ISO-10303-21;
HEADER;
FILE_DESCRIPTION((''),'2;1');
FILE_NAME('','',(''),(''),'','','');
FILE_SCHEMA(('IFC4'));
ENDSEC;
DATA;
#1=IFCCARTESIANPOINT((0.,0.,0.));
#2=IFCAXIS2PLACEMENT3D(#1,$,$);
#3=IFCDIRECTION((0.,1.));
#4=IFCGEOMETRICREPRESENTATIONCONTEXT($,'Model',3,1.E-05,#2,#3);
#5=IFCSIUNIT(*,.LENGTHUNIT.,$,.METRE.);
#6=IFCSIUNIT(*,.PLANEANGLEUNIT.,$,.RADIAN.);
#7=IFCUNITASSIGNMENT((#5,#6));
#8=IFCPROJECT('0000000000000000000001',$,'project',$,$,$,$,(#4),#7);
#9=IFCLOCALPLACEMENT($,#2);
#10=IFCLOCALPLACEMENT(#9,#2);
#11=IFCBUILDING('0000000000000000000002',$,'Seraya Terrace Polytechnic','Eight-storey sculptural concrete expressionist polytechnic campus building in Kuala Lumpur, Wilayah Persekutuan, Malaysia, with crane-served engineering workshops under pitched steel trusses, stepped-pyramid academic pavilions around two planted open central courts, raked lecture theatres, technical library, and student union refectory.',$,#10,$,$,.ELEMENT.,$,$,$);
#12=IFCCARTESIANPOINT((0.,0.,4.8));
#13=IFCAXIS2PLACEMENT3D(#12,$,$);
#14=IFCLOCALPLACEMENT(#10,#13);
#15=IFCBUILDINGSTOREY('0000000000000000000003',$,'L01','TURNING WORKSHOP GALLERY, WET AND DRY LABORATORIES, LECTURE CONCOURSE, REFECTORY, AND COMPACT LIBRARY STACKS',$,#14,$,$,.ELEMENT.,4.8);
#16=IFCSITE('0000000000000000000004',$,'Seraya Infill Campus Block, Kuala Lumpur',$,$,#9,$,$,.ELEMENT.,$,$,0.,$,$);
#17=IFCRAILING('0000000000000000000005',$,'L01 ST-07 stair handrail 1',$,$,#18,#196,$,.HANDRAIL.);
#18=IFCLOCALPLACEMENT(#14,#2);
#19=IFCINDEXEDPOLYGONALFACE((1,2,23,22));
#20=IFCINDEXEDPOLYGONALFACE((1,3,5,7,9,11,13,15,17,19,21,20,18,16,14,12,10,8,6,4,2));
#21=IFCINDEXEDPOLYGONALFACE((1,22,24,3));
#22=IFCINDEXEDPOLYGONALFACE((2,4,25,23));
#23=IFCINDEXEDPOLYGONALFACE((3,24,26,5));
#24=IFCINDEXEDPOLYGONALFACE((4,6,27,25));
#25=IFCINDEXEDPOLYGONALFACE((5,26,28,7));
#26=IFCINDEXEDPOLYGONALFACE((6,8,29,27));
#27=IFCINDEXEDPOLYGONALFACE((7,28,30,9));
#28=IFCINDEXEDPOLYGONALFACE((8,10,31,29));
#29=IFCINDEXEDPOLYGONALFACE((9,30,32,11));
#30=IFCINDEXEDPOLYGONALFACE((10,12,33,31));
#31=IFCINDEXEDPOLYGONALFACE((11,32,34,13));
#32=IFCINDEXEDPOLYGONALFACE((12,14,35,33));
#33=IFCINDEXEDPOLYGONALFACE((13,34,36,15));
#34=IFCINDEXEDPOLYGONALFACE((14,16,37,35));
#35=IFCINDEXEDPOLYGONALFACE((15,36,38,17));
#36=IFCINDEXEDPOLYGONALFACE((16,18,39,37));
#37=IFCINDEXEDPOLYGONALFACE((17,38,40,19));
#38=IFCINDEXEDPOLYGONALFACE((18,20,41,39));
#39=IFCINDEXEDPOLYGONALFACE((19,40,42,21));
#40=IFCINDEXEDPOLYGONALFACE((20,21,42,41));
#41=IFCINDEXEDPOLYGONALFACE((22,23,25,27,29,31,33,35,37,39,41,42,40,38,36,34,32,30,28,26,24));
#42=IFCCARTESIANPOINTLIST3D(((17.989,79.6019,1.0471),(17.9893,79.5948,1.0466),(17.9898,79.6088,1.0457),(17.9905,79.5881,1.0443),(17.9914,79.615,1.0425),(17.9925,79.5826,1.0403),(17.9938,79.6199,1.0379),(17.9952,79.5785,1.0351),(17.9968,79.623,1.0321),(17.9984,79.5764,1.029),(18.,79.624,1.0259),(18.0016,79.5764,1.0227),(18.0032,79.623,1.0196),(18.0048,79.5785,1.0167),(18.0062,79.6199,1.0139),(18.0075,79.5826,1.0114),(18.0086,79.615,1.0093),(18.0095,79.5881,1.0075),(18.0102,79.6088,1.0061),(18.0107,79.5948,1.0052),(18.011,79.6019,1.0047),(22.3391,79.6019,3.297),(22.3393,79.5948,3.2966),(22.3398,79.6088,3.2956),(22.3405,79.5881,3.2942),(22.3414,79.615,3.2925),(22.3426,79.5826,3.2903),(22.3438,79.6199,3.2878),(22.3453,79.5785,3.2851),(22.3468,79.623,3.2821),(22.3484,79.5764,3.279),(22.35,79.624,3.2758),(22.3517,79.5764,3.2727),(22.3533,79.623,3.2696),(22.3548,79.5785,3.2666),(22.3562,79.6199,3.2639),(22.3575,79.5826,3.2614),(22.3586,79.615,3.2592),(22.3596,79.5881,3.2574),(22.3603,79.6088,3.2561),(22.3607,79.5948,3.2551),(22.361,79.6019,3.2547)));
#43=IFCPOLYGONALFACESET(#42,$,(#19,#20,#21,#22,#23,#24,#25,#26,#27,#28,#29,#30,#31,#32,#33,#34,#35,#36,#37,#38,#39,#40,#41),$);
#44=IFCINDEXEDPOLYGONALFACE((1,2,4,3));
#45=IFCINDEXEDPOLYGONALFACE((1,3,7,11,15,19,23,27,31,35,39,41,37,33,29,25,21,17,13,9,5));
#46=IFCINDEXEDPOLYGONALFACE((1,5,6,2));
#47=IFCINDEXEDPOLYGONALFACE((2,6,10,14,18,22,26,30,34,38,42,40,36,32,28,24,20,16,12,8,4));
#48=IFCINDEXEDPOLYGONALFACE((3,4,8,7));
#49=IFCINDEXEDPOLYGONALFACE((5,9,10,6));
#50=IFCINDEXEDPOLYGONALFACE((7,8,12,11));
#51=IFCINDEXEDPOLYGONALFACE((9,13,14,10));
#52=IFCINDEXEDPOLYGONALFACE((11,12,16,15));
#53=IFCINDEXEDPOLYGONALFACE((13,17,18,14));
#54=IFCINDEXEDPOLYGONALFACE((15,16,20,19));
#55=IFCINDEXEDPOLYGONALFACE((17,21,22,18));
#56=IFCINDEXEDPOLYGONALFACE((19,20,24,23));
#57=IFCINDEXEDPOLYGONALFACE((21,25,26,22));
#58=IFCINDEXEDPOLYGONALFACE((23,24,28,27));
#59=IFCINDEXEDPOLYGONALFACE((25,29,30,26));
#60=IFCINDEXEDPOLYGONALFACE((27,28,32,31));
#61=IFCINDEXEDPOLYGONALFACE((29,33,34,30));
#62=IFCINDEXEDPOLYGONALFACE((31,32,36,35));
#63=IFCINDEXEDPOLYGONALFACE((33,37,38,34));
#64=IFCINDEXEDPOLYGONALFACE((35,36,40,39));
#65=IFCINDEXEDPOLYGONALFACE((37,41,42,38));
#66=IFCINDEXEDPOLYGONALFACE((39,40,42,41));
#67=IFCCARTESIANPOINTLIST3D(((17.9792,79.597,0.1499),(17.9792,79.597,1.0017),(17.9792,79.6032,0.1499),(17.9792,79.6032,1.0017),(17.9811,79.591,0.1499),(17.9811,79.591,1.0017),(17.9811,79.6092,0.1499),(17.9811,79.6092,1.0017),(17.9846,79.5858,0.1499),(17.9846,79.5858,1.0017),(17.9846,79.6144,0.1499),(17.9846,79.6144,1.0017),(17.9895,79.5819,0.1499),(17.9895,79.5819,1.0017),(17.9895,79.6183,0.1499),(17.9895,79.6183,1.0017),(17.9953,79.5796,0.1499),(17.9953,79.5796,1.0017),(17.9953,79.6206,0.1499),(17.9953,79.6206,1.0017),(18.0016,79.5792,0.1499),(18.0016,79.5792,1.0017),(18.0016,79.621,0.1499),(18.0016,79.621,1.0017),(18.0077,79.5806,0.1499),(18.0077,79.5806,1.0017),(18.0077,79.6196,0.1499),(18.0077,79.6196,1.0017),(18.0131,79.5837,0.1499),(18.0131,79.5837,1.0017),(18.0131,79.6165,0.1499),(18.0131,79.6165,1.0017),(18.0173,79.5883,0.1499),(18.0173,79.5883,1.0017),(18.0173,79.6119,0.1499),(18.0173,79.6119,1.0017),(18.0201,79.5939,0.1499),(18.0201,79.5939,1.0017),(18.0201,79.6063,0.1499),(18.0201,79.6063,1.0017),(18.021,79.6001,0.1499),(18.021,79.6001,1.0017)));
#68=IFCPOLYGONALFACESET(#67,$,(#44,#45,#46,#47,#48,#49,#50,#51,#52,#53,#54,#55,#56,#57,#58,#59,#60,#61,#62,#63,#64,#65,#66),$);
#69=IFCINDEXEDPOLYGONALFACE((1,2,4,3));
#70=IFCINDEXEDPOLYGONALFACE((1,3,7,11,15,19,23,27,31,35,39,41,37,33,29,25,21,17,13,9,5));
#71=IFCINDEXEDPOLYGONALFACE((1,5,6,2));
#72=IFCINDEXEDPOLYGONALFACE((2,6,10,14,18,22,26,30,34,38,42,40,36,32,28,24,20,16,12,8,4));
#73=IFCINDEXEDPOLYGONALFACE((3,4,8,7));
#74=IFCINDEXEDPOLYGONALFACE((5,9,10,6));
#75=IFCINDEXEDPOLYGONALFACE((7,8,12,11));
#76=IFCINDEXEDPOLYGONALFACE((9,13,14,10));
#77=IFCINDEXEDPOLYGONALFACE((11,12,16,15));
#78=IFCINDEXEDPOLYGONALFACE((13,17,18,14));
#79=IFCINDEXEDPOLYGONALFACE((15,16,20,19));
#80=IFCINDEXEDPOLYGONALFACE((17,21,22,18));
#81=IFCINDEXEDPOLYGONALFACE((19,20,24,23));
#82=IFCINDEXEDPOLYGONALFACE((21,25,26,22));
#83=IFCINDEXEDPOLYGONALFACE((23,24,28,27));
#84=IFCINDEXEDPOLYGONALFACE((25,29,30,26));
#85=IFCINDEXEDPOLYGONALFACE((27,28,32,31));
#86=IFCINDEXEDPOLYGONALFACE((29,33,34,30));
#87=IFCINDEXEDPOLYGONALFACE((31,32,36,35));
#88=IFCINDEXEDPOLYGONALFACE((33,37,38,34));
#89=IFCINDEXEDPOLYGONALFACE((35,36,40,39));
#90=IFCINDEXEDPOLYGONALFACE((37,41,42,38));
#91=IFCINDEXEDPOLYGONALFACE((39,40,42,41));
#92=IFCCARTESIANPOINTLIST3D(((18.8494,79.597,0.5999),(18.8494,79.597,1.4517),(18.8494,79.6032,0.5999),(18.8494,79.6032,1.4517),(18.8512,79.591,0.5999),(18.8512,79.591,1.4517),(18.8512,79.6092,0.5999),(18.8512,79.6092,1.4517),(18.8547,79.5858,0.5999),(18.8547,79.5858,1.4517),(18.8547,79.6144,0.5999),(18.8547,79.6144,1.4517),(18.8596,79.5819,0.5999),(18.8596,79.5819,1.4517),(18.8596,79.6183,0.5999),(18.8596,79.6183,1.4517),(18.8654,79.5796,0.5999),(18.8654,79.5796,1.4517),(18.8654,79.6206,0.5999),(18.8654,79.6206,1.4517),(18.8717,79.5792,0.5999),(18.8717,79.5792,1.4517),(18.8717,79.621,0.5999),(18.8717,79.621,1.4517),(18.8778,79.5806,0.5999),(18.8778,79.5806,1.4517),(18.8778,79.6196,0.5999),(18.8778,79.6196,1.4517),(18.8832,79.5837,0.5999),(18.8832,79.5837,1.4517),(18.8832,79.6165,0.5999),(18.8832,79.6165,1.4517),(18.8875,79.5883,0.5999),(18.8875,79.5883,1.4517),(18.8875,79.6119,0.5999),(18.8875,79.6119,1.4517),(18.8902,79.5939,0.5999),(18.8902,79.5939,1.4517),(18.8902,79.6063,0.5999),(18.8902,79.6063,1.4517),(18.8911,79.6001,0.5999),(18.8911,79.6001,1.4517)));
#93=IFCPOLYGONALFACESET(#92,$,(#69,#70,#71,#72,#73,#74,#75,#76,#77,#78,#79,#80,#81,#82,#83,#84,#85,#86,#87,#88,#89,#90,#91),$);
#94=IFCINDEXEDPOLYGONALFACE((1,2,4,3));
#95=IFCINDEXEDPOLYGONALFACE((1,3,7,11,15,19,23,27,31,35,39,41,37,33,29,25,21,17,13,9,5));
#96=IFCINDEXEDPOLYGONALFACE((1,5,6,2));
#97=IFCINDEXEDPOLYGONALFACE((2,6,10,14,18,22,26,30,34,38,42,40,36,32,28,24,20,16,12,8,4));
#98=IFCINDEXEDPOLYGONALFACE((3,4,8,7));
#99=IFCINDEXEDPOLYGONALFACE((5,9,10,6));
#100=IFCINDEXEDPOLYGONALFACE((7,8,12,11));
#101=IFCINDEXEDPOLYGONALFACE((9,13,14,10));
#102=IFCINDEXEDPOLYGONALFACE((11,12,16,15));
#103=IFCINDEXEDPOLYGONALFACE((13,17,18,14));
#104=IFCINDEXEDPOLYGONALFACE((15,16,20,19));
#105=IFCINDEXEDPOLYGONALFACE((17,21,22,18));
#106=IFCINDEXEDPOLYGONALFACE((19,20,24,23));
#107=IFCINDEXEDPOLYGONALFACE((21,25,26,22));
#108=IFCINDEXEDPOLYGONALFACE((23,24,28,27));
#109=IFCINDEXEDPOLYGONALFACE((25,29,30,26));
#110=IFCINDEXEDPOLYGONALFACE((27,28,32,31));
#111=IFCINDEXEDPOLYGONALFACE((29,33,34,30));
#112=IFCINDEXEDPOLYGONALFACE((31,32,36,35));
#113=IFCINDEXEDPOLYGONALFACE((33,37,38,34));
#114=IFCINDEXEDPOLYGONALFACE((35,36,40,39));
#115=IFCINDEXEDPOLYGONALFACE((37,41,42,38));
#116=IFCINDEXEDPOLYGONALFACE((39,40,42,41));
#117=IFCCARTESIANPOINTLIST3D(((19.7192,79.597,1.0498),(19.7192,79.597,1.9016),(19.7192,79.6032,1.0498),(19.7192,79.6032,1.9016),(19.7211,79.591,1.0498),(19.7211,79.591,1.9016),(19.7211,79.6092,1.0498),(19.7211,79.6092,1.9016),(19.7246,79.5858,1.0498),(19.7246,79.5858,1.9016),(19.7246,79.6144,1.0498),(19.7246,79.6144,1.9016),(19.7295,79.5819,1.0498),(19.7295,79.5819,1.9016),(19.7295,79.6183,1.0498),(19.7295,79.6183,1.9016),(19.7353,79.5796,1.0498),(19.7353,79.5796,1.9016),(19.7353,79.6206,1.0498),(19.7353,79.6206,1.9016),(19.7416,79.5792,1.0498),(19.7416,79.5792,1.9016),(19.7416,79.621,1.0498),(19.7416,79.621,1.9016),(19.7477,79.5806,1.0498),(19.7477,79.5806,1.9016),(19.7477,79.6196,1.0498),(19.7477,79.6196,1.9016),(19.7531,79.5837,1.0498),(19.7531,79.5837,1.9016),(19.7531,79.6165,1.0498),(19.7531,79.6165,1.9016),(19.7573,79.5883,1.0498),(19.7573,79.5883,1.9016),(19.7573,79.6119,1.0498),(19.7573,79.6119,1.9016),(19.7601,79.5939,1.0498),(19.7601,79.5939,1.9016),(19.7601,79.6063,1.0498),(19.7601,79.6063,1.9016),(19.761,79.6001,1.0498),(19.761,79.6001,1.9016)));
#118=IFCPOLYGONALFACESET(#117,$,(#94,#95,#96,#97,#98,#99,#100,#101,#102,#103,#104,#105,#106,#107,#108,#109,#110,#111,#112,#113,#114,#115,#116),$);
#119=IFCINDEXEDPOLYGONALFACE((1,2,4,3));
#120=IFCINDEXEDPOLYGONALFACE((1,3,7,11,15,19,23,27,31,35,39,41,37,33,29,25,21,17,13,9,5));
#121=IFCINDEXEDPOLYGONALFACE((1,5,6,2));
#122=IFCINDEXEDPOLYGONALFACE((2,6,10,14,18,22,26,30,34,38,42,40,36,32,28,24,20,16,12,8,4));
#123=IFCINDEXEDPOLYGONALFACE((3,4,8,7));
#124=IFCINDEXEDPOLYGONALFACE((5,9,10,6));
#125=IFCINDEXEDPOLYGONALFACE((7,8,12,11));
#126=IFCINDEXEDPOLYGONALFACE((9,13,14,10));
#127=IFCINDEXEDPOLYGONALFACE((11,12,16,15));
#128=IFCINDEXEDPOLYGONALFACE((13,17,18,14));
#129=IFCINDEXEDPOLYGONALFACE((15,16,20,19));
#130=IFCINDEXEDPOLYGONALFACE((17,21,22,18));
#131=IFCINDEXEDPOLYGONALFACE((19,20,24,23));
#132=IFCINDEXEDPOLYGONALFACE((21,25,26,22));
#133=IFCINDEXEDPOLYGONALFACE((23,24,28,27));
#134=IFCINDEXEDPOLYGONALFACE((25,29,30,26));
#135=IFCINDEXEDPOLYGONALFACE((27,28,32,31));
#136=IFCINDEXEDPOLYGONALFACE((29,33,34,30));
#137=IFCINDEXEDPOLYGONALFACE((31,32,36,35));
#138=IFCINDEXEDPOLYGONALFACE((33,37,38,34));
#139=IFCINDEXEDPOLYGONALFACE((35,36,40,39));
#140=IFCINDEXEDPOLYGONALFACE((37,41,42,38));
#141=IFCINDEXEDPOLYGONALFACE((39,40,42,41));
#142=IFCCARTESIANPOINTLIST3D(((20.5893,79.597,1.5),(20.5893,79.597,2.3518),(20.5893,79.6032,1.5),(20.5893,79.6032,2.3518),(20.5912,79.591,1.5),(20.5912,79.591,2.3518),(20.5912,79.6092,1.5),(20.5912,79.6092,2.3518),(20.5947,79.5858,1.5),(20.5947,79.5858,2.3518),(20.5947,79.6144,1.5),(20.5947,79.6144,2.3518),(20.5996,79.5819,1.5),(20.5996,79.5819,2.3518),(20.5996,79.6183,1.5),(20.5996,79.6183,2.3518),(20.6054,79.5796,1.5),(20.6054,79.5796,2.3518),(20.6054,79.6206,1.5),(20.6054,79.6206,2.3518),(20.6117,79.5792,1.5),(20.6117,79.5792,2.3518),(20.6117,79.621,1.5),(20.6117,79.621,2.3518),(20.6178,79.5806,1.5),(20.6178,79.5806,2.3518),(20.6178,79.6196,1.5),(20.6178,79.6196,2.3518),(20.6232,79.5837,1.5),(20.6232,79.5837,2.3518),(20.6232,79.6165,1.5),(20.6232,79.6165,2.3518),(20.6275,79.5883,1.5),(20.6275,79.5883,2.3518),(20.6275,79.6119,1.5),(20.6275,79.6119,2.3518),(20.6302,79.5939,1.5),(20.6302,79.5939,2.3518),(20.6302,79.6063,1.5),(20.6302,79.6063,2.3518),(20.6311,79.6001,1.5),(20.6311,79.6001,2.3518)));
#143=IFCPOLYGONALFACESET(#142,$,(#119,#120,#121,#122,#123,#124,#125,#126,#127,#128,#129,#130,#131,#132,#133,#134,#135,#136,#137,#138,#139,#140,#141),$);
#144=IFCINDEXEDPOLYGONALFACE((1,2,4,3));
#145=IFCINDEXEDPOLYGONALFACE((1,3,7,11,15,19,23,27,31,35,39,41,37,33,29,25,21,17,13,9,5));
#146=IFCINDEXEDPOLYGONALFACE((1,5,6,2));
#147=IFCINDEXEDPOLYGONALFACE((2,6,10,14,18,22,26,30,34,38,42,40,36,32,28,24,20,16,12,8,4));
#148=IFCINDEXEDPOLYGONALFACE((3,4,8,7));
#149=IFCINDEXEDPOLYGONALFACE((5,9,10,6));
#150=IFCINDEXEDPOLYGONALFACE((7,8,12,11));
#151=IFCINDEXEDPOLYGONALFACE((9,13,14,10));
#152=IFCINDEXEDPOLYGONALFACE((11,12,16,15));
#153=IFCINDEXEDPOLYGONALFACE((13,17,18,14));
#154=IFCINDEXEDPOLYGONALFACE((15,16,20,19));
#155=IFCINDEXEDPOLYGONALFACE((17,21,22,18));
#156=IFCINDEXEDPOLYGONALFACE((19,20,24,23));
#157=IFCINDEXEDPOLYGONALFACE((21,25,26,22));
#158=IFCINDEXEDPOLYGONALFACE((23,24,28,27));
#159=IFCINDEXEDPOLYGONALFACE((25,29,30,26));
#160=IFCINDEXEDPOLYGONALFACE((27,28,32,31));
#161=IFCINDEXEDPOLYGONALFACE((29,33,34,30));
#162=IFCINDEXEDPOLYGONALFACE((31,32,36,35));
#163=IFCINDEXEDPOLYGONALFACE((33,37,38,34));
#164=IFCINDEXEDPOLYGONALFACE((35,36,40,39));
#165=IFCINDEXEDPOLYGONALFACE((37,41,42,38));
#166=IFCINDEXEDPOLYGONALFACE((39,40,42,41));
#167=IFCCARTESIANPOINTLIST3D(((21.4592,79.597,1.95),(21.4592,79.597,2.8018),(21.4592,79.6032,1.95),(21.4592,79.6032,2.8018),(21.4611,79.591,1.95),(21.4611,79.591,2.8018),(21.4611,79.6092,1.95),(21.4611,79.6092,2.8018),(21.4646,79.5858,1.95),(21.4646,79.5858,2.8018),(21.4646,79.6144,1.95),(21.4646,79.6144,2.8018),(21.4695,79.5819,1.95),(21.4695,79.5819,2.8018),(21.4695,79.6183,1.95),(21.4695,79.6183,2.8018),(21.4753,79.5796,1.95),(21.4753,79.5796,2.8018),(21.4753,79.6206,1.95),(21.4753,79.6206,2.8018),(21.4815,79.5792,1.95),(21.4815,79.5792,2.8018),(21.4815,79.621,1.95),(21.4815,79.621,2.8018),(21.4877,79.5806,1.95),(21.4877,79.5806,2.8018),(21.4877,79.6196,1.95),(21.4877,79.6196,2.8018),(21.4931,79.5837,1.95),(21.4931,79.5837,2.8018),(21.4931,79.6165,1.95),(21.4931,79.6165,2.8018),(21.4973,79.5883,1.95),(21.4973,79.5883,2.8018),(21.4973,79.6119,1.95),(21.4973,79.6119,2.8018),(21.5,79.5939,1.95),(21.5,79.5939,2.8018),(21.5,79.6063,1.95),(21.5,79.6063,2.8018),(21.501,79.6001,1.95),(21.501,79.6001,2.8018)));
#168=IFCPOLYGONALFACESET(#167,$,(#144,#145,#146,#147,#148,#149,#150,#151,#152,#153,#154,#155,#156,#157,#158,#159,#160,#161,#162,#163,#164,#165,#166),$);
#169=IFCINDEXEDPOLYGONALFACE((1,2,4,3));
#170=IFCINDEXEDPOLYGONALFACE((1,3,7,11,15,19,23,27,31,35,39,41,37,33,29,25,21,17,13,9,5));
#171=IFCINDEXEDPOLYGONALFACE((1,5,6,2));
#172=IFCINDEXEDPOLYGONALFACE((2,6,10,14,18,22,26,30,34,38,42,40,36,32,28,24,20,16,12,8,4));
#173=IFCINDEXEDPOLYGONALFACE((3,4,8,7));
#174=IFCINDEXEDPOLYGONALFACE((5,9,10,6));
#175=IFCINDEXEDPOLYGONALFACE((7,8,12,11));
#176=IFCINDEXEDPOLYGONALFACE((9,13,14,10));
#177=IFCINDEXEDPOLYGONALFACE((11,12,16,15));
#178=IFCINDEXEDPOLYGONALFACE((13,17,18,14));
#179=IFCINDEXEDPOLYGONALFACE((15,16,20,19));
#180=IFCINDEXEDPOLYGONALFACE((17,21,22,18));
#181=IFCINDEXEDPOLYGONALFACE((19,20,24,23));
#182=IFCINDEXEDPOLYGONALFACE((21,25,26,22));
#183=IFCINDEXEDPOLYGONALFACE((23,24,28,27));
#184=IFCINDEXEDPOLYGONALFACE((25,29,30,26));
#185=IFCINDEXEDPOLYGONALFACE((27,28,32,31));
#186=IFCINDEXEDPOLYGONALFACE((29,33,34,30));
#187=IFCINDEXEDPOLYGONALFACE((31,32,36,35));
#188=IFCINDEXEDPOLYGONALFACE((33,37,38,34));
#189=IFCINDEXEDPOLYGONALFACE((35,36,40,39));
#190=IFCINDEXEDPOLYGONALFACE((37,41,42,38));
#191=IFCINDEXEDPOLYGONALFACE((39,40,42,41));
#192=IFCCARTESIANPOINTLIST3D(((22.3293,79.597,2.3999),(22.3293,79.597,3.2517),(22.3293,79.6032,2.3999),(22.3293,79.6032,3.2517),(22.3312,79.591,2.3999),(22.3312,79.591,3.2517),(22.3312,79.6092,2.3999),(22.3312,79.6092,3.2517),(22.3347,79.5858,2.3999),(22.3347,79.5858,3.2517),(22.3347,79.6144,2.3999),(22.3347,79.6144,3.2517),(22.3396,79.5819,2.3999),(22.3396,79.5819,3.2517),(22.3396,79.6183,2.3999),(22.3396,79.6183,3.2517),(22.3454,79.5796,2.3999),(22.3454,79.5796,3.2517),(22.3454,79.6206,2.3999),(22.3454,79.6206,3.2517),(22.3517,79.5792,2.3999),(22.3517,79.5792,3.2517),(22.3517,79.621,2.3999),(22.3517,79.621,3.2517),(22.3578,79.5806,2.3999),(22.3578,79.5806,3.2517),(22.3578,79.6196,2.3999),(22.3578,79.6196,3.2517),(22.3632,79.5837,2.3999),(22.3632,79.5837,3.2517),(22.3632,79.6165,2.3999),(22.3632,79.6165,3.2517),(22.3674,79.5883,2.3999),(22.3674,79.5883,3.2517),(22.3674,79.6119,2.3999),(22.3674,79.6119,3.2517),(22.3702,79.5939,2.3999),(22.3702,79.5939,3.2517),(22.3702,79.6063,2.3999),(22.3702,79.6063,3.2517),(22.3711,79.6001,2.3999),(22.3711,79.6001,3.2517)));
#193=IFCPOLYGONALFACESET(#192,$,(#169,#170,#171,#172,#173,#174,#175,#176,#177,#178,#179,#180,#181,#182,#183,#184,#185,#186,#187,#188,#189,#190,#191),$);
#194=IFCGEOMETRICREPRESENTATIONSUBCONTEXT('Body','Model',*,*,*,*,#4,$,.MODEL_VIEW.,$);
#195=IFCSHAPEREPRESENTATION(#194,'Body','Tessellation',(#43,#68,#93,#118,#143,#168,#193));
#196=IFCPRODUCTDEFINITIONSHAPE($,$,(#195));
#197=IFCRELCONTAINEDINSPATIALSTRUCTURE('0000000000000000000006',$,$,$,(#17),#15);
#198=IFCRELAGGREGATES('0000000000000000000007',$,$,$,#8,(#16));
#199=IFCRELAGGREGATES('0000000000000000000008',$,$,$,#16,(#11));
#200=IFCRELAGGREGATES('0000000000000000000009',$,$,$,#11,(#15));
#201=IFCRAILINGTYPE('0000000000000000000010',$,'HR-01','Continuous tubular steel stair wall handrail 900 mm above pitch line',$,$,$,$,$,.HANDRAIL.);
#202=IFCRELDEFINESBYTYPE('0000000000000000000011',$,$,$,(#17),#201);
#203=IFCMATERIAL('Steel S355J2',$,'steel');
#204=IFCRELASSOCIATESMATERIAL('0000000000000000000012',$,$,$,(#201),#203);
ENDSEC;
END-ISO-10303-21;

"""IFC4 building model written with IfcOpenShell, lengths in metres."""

from ifc_helpers import new_model, si_unit, direction, frame, origin, origin_2d, place, context, subcontext, project, spatial, circle, extrude, material, type_object, element, save


model = new_model("IFC4")

# Units and contexts
model_context = context("Model", 3, precision=1e-05, world=origin(), true_north=direction((0.0, 1.0)))
body_context = subcontext(model_context, "Body", "Model", "MODEL_VIEW")
ifc_project = project(units=[si_unit("LENGTHUNIT", "METRE"), si_unit("PLANEANGLEUNIT", "RADIAN")], contexts=[model_context])

# Site, building, storey
site_placement = place(None, origin())
site = spatial("IfcSite", under=ifc_project, at=site_placement, Name="Seraya Infill Campus Block, Kuala Lumpur", CompositionType="ELEMENT", RefElevation=0.0)
building_placement = place(site_placement, origin())
building = spatial("IfcBuilding", under=site, at=building_placement, Name="Seraya Terrace Polytechnic", Description="Eight-storey sculptural concrete expressionist polytechnic campus building in Kuala Lumpur, Wilayah Persekutuan, Malaysia, with crane-served engineering workshops under pitched steel trusses, stepped-pyramid academic pavilions around two planted open central courts, raked lecture theatres, technical library, and student union refectory.", CompositionType="ELEMENT")
storey_placement = place(building_placement, frame((0.0, 0.0, 4.8)))
storey = spatial("IfcBuildingStorey", under=building, at=storey_placement, Name="L01", Description="TURNING WORKSHOP GALLERY, WET AND DRY LABORATORIES, LECTURE CONCOURSE, REFECTORY, AND COMPACT LIBRARY STACKS", CompositionType="ELEMENT", Elevation=4.8)

# Shared definitions
ifc_material_1 = material(Name="Steel S355J2", Category="steel")

# Railing
railing_type_1 = type_object("IfcRailingType", Name="HR-01", Description="Continuous tubular steel stair wall handrail 900 mm above pitch line", PredefinedType="HANDRAIL", material=ifc_material_1)
railing_1_placement = place(storey_placement, frame((18.0, 79.6001, 0.1499)))
element("IfcRailing", 1, at=railing_1_placement, inside=storey, type_object=railing_type_1, Name="L01 ST-07 stair handrail 1", PredefinedType="HANDRAIL", context=body_context, shape_type="SweptSolid", body=[
    extrude(circle(Radius=0.0239, at=origin_2d()), frame((0.0, 0.0, 0.876), z_axis=(0.888222, 0.0, 0.459415), x_axis=(0.0, 1.0, 0.0)), (0.0, 0.0, 1.0), 4.8975),
    extrude(circle(Radius=0.021, at=origin_2d()), origin(), (0.0, 0.0, 1.0), 0.8518),
    extrude(circle(Radius=0.021, at=origin_2d()), frame((0.8701, 0.0, 0.45)), (0.0, 0.0, 1.0), 0.8518),
    extrude(circle(Radius=0.021, at=origin_2d()), frame((1.74, 0.0, 0.8999)), (0.0, 0.0, 1.0), 0.8518),
    extrude(circle(Radius=0.021, at=origin_2d()), frame((2.6101, 0.0, 1.3501)), (0.0, 0.0, 1.0), 0.8518),
    extrude(circle(Radius=0.021, at=origin_2d()), frame((3.48, 0.0, 1.8)), (0.0, 0.0, 1.0), 0.8518),
    extrude(circle(Radius=0.021, at=origin_2d()), frame((4.3501, 0.0, 2.25)), (0.0, 0.0, 1.0), 0.8518),
])

save(model, "model.ifc")
